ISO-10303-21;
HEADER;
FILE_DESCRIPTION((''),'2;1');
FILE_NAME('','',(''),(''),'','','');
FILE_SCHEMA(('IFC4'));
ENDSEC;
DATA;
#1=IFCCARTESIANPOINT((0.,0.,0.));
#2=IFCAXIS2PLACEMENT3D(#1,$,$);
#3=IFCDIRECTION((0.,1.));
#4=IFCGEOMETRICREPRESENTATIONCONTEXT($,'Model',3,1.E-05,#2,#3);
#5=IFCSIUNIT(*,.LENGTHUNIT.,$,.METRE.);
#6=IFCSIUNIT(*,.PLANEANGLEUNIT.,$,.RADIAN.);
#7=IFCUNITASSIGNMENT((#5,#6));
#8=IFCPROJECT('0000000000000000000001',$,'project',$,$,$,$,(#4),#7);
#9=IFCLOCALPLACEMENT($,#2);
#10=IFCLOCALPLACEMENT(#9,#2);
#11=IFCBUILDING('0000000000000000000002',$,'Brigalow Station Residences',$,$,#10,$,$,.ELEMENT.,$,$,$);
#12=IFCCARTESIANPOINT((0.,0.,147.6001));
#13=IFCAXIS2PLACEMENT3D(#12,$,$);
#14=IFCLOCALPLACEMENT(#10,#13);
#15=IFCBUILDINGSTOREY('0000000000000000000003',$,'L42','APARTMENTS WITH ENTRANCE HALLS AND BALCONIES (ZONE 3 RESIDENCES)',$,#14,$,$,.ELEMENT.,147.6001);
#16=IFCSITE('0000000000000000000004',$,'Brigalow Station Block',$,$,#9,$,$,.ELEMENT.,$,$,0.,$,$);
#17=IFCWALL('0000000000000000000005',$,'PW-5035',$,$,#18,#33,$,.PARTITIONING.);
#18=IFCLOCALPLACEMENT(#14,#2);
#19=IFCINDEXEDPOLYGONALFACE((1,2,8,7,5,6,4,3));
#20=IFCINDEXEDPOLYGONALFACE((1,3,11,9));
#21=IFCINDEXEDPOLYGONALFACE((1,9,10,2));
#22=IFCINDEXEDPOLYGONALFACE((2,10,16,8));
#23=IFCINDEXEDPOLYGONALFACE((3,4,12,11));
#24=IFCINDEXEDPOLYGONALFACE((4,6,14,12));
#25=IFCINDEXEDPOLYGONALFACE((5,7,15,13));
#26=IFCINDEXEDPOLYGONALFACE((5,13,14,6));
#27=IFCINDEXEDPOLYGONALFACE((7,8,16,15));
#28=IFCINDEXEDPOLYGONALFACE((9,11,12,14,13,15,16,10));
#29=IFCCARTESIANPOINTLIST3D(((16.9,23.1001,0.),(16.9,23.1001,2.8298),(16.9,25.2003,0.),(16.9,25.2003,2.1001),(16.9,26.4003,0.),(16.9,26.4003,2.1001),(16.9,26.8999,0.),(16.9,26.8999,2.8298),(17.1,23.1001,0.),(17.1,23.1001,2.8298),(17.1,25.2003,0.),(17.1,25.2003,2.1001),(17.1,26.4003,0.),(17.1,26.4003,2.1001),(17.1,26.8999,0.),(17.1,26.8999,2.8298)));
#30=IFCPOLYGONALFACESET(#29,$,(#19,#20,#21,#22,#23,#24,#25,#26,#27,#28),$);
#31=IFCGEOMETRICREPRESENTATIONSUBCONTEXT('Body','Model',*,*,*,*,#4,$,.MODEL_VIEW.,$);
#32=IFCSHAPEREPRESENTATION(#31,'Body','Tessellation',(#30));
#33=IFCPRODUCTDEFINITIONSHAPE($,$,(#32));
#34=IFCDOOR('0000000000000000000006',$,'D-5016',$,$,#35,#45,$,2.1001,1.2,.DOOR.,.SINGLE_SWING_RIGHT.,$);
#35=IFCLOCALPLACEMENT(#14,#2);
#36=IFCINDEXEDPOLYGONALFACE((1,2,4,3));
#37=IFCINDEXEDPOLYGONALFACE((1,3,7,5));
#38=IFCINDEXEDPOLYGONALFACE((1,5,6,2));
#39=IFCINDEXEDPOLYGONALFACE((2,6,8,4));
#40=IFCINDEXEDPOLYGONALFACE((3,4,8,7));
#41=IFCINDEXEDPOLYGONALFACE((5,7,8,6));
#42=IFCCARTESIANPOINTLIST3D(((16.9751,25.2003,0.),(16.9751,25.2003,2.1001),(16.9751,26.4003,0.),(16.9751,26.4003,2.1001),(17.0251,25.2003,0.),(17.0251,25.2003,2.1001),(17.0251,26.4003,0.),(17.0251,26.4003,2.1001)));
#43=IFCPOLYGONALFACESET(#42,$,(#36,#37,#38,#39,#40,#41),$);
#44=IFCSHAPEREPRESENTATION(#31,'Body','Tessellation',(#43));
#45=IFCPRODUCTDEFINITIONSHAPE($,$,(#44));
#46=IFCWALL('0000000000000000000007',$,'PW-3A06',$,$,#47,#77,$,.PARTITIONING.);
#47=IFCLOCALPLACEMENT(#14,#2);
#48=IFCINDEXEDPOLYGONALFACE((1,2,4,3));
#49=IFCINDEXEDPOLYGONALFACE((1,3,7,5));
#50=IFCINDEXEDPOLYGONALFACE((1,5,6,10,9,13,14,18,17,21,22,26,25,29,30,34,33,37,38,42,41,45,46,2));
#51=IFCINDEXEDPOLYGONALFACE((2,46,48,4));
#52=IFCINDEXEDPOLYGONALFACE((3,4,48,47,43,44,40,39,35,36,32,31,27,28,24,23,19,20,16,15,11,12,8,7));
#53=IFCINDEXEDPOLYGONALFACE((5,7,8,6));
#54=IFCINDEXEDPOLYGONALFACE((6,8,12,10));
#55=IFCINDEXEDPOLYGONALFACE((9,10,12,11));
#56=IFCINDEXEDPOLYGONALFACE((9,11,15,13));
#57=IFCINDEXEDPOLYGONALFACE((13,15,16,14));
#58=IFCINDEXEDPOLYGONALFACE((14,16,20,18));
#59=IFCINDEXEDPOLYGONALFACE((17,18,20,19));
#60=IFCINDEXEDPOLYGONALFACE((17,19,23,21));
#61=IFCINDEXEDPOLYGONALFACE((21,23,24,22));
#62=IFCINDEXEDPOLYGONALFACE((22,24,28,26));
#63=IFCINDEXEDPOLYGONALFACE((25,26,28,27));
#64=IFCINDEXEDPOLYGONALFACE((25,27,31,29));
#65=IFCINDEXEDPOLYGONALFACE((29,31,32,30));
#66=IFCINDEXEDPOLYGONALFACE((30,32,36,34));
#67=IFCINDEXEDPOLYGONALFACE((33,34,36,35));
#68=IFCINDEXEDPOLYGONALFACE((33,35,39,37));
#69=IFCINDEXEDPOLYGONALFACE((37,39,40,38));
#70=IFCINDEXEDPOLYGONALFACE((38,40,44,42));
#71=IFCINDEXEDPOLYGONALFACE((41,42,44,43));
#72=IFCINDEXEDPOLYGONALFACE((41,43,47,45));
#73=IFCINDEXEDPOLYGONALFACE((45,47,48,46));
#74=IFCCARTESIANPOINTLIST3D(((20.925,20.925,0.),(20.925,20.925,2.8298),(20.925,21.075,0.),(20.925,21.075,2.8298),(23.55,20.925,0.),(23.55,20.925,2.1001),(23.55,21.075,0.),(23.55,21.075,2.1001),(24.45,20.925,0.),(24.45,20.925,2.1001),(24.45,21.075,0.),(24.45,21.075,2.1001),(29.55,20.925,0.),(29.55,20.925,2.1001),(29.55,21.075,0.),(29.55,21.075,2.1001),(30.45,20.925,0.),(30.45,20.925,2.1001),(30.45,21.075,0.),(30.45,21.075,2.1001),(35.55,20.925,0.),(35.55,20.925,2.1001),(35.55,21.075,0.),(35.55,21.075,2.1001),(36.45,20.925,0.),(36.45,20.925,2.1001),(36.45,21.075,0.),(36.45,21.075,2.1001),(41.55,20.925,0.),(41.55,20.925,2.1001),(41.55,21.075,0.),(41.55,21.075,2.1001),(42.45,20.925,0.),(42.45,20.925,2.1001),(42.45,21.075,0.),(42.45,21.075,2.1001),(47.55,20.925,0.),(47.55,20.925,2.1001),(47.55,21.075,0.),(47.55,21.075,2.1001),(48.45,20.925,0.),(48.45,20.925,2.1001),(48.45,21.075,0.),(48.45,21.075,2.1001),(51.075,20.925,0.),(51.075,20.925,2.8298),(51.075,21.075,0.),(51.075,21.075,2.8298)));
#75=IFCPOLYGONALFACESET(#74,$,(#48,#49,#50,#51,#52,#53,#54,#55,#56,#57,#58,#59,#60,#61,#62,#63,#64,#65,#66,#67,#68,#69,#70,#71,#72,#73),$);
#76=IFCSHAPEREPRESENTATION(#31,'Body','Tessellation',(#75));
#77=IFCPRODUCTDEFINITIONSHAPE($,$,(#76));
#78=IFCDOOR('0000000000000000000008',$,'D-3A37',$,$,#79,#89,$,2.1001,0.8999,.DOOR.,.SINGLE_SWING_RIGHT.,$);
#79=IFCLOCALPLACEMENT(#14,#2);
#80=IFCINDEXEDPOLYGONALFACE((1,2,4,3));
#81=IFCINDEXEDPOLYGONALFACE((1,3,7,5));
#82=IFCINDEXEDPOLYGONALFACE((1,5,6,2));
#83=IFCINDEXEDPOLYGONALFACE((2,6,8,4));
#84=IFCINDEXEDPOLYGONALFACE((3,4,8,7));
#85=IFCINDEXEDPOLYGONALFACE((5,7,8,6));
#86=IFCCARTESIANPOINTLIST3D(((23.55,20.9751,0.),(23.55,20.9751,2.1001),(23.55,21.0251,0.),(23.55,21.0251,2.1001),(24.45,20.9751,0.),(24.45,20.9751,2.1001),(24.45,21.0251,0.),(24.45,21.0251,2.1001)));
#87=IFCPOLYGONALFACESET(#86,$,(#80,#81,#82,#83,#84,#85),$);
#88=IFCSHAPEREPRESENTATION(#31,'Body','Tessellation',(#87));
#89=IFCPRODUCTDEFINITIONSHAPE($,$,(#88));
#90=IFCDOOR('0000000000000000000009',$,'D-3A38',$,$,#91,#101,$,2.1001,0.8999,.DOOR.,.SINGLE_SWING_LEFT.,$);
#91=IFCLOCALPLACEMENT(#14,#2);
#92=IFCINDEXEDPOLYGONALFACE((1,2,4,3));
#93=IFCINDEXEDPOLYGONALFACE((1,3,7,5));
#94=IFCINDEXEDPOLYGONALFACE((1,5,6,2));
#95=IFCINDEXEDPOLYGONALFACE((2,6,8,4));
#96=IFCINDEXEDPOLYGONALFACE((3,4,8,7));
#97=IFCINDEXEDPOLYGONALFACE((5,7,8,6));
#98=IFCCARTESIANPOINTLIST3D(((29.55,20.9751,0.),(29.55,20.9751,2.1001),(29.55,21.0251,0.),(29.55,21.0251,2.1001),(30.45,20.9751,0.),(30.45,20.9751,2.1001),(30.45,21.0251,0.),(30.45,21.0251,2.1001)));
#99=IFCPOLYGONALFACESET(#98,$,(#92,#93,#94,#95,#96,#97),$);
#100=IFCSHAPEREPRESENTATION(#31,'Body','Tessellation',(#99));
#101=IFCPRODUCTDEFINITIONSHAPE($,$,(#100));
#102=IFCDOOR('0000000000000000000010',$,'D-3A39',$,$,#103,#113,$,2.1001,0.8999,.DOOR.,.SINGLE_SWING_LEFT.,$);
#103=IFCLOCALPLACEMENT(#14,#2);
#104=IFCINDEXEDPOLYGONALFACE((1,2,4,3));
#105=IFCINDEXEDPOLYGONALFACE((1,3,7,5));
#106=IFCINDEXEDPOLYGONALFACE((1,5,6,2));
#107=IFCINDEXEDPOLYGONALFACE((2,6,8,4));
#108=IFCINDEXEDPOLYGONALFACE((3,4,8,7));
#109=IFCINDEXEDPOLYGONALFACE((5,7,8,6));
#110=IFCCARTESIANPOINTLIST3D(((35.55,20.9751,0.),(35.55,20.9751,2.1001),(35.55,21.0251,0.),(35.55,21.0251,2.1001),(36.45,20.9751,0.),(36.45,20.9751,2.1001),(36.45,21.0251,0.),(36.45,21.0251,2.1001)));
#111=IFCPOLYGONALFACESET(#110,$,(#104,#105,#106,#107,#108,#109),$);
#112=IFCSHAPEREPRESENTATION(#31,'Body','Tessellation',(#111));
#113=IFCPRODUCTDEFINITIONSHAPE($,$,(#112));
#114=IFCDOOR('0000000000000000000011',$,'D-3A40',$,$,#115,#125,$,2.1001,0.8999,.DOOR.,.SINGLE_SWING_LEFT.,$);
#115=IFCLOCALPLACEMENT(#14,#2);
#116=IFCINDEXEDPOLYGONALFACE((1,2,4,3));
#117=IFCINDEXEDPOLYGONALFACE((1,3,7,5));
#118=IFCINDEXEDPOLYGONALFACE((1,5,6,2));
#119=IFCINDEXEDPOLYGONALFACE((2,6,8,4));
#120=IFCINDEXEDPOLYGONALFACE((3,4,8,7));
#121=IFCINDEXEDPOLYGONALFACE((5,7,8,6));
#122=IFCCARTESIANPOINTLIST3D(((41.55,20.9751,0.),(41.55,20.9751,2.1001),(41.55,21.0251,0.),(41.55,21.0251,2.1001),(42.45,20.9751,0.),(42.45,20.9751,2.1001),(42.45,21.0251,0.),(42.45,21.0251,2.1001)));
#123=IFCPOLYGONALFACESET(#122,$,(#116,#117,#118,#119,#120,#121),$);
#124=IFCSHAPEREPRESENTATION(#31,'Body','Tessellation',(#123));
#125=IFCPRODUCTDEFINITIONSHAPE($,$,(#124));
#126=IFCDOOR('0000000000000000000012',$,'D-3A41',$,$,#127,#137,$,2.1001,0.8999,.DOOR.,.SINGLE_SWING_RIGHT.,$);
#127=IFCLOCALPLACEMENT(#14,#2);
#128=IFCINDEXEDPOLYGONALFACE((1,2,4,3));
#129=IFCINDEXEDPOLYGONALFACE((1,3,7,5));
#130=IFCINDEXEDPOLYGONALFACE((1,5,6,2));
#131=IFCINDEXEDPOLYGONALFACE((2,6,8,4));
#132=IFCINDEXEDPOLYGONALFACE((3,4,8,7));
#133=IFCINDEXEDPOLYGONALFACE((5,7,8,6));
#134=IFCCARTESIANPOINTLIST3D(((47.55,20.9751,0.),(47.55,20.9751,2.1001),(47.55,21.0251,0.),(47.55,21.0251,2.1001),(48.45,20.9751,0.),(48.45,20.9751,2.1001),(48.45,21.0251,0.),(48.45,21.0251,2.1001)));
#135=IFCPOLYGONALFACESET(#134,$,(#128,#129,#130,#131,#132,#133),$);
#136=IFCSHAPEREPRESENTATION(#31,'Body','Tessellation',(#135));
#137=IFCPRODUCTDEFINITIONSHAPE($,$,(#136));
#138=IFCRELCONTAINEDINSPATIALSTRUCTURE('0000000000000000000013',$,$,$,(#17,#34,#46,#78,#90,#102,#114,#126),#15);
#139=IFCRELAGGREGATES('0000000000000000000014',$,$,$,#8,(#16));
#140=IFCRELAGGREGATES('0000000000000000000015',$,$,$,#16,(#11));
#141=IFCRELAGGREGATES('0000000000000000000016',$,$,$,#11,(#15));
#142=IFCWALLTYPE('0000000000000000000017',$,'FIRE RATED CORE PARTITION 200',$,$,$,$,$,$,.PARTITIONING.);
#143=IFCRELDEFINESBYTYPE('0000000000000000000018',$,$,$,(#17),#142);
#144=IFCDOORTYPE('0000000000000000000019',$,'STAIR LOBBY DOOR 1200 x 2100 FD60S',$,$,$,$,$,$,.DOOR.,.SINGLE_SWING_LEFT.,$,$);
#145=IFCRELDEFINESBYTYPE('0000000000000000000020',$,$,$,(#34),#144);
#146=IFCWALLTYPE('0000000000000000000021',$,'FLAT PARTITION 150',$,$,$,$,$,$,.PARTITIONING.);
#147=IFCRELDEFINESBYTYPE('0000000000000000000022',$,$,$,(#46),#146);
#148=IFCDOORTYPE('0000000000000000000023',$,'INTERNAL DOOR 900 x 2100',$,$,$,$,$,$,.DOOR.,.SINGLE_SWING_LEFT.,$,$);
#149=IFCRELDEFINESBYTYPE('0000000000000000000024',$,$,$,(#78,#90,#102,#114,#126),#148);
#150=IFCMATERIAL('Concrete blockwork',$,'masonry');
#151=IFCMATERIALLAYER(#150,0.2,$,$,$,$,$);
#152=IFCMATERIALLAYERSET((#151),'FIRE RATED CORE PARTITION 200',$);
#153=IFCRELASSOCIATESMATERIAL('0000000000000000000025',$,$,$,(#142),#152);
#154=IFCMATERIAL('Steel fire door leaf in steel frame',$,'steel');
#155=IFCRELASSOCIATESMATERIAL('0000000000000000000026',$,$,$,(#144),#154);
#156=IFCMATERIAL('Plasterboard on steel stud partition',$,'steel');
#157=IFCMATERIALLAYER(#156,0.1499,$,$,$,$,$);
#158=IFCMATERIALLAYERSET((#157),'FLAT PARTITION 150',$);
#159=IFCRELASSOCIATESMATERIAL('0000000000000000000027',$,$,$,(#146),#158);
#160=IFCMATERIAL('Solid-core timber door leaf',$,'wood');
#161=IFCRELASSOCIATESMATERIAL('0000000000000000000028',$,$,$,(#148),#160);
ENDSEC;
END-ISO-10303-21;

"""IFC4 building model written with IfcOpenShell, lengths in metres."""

from ifc_helpers import new_model, si_unit, direction, frame, frame_2d, origin, place, context, subcontext, project, spatial, rectangle, extrude, material, layer, layer_set, type_object, element, fill, save


model = new_model("IFC4")

# Units and contexts
model_context = context("Model", 3, precision=1e-05, world=origin(), true_north=direction((0.0, 1.0)))
body_context = subcontext(model_context, "Body", "Model", "MODEL_VIEW")
ifc_project = project(units=[si_unit("LENGTHUNIT", "METRE"), si_unit("PLANEANGLEUNIT", "RADIAN")], contexts=[model_context])

# Site, building, storey
site_placement = place(None, origin())
site = spatial("IfcSite", under=ifc_project, at=site_placement, Name="Brigalow Station Block", CompositionType="ELEMENT", RefElevation=0.0)
building_placement = place(site_placement, origin())
building = spatial("IfcBuilding", under=site, at=building_placement, Name="Brigalow Station Residences", CompositionType="ELEMENT")
storey_placement = place(building_placement, frame((0.0, 0.0, 147.6001)))
storey = spatial("IfcBuildingStorey", under=building, at=storey_placement, Name="L42", Description="APARTMENTS WITH ENTRANCE HALLS AND BALCONIES (ZONE 3 RESIDENCES)", CompositionType="ELEMENT", Elevation=147.6001)

# Shared definitions
ifc_material_1 = material(Name="Concrete blockwork", Category="masonry")
ifc_layer_1 = layer(ifc_material_1, 0.2)
ifc_layer_set_1 = layer_set([ifc_layer_1], Name="FIRE RATED CORE PARTITION 200")
wall_type_1 = type_object("IfcWallType", Name="FIRE RATED CORE PARTITION 200", PredefinedType="PARTITIONING", material=ifc_layer_set_1)

# Wall, opening, door
wall_1_placement = place(storey_placement, frame((17.0, 23.1001, 0.0), z_axis=(0.0, 0.0, 1.0), x_axis=(0.0, 1.0, 0.0)))
wall_1 = element("IfcWall", 1, at=wall_1_placement, inside=storey, type_object=wall_type_1, Name="PW-5035", PredefinedType="PARTITIONING", context=body_context, shape_type="SweptSolid", body=[
    extrude(rectangle(XDim=3.7998, YDim=0.2, at=frame_2d((1.8999, 0.0))), origin(), (0.0, 0.0, 1.0), 2.8298),
])
opening_1_placement = place(wall_1_placement, frame((2.1001, 0.0, 0.0)))
opening_1 = element("IfcOpeningElement", 2, at=opening_1_placement, cuts=wall_1, PredefinedType="OPENING", context=body_context, shape_type="SweptSolid", body=[
    extrude(rectangle(XDim=1.2, YDim=2.1001, at=frame_2d((0.6001, 1.05))), frame((0.0, 0.1099, 0.0), z_axis=(0.0, -1.0, 0.0), x_axis=(1.0, 0.0, 0.0)), (0.0, 0.0, 1.0), 0.22),
])
ifc_material_2 = material(Name="Steel fire door leaf in steel frame", Category="steel")
door_type_1 = type_object("IfcDoorType", Name="STAIR LOBBY DOOR 1200 x 2100 FD60S", OperationType="SINGLE_SWING_LEFT", PredefinedType="DOOR", material=ifc_material_2)
door_1_placement = place(opening_1_placement, origin())
door_1 = element("IfcDoor", 3, at=door_1_placement, inside=storey, type_object=door_type_1, Name="D-5016", OperationType="SINGLE_SWING_RIGHT", OverallHeight=2.1001, OverallWidth=1.2, PredefinedType="DOOR", context=body_context, shape_type="SweptSolid", body=[
    extrude(rectangle(XDim=1.2, YDim=2.1001, at=frame_2d((0.6001, 1.05))), frame((0.0, 0.0249, 0.0), z_axis=(0.0, -1.0, 0.0), x_axis=(1.0, 0.0, 0.0)), (0.0, 0.0, 1.0), 0.05),
])
fill(opening_1, door_1)

# Wall, openings, doors
ifc_material_3 = material(Name="Plasterboard on steel stud partition", Category="steel")
ifc_layer_2 = layer(ifc_material_3, 0.1499)
ifc_layer_set_2 = layer_set([ifc_layer_2], Name="FLAT PARTITION 150")
wall_type_2 = type_object("IfcWallType", Name="FLAT PARTITION 150", PredefinedType="PARTITIONING", material=ifc_layer_set_2)
wall_2_placement = place(storey_placement, frame((20.925, 21.0, 0.0), z_axis=(0.0, 0.0, 1.0), x_axis=(1.0, 0.0, 0.0)))
wall_2 = element("IfcWall", 4, at=wall_2_placement, inside=storey, type_object=wall_type_2, Name="PW-3A06", PredefinedType="PARTITIONING", context=body_context, shape_type="SweptSolid", body=[
    extrude(rectangle(XDim=30.1499, YDim=0.1499, at=frame_2d((15.075, 0.0))), origin(), (0.0, 0.0, 1.0), 2.8298),
])
opening_2_placement = place(wall_2_placement, frame((2.625, 0.0, 0.0)))
opening_2 = element("IfcOpeningElement", 5, at=opening_2_placement, cuts=wall_2, PredefinedType="OPENING", context=body_context, shape_type="SweptSolid", body=[
    extrude(rectangle(XDim=0.8999, YDim=2.1001, at=frame_2d((0.45, 1.05))), frame((0.0, 0.085, 0.0), z_axis=(0.0, -1.0, 0.0), x_axis=(1.0, 0.0, 0.0)), (0.0, 0.0, 1.0), 0.1699),
])
opening_3_placement = place(wall_2_placement, frame((8.625, 0.0, 0.0)))
opening_3 = element("IfcOpeningElement", 6, at=opening_3_placement, cuts=wall_2, PredefinedType="OPENING", context=body_context, shape_type="SweptSolid", body=[
    extrude(rectangle(XDim=0.8999, YDim=2.1001, at=frame_2d((0.45, 1.05))), frame((0.0, 0.085, 0.0), z_axis=(0.0, -1.0, 0.0), x_axis=(1.0, 0.0, 0.0)), (0.0, 0.0, 1.0), 0.1699),
])
opening_4_placement = place(wall_2_placement, frame((14.625, 0.0, 0.0)))
opening_4 = element("IfcOpeningElement", 7, at=opening_4_placement, cuts=wall_2, PredefinedType="OPENING", context=body_context, shape_type="SweptSolid", body=[
    extrude(rectangle(XDim=0.8999, YDim=2.1001, at=frame_2d((0.45, 1.05))), frame((0.0, 0.085, 0.0), z_axis=(0.0, -1.0, 0.0), x_axis=(1.0, 0.0, 0.0)), (0.0, 0.0, 1.0), 0.1699),
])
opening_5_placement = place(wall_2_placement, frame((20.625, 0.0, 0.0)))
opening_5 = element("IfcOpeningElement", 8, at=opening_5_placement, cuts=wall_2, PredefinedType="OPENING", context=body_context, shape_type="SweptSolid", body=[
    extrude(rectangle(XDim=0.8999, YDim=2.1001, at=frame_2d((0.45, 1.05))), frame((0.0, 0.085, 0.0), z_axis=(0.0, -1.0, 0.0), x_axis=(1.0, 0.0, 0.0)), (0.0, 0.0, 1.0), 0.1699),
])
opening_6_placement = place(wall_2_placement, frame((26.625, 0.0, 0.0)))
opening_6 = element("IfcOpeningElement", 9, at=opening_6_placement, cuts=wall_2, PredefinedType="OPENING", context=body_context, shape_type="SweptSolid", body=[
    extrude(rectangle(XDim=0.8999, YDim=2.1001, at=frame_2d((0.45, 1.05))), frame((0.0, 0.085, 0.0), z_axis=(0.0, -1.0, 0.0), x_axis=(1.0, 0.0, 0.0)), (0.0, 0.0, 1.0), 0.1699),
])
ifc_material_4 = material(Name="Solid-core timber door leaf", Category="wood")
door_type_2 = type_object("IfcDoorType", Name="INTERNAL DOOR 900 x 2100", OperationType="SINGLE_SWING_LEFT", PredefinedType="DOOR", material=ifc_material_4)
door_2_placement = place(opening_2_placement, frame((0.8999, 0.0, 0.0), z_axis=(0.0, 0.0, 1.0), x_axis=(-1.0, 0.0, 0.0)))
door_2 = element("IfcDoor", 10, at=door_2_placement, inside=storey, type_object=door_type_2, Name="D-3A37", OperationType="SINGLE_SWING_RIGHT", OverallHeight=2.1001, OverallWidth=0.8999, PredefinedType="DOOR", context=body_context, shape_type="SweptSolid", body=[
    extrude(rectangle(XDim=0.8999, YDim=2.1001, at=frame_2d((0.45, 1.05))), frame((0.0, 0.0249, 0.0), z_axis=(0.0, -1.0, 0.0), x_axis=(1.0, 0.0, 0.0)), (0.0, 0.0, 1.0), 0.05),
])
fill(opening_2, door_2)
door_3_placement = place(opening_3_placement, frame((0.8999, 0.0, 0.0), z_axis=(0.0, 0.0, 1.0), x_axis=(-1.0, 0.0, 0.0)))
door_3 = element("IfcDoor", 11, at=door_3_placement, inside=storey, type_object=door_type_2, Name="D-3A38", OperationType="SINGLE_SWING_LEFT", OverallHeight=2.1001, OverallWidth=0.8999, PredefinedType="DOOR", context=body_context, shape_type="SweptSolid", body=[
    extrude(rectangle(XDim=0.8999, YDim=2.1001, at=frame_2d((0.45, 1.05))), frame((0.0, 0.0249, 0.0), z_axis=(0.0, -1.0, 0.0), x_axis=(1.0, 0.0, 0.0)), (0.0, 0.0, 1.0), 0.05),
])
fill(opening_3, door_3)
door_4_placement = place(opening_4_placement, frame((0.8999, 0.0, 0.0), z_axis=(0.0, 0.0, 1.0), x_axis=(-1.0, 0.0, 0.0)))
door_4 = element("IfcDoor", 12, at=door_4_placement, inside=storey, type_object=door_type_2, Name="D-3A39", OperationType="SINGLE_SWING_LEFT", OverallHeight=2.1001, OverallWidth=0.8999, PredefinedType="DOOR", context=body_context, shape_type="SweptSolid", body=[
    extrude(rectangle(XDim=0.8999, YDim=2.1001, at=frame_2d((0.45, 1.05))), frame((0.0, 0.0249, 0.0), z_axis=(0.0, -1.0, 0.0), x_axis=(1.0, 0.0, 0.0)), (0.0, 0.0, 1.0), 0.05),
])
fill(opening_4, door_4)
door_5_placement = place(opening_5_placement, frame((0.8999, 0.0, 0.0), z_axis=(0.0, 0.0, 1.0), x_axis=(-1.0, 0.0, 0.0)))
door_5 = element("IfcDoor", 13, at=door_5_placement, inside=storey, type_object=door_type_2, Name="D-3A40", OperationType="SINGLE_SWING_LEFT", OverallHeight=2.1001, OverallWidth=0.8999, PredefinedType="DOOR", context=body_context, shape_type="SweptSolid", body=[
    extrude(rectangle(XDim=0.8999, YDim=2.1001, at=frame_2d((0.45, 1.05))), frame((0.0, 0.0249, 0.0), z_axis=(0.0, -1.0, 0.0), x_axis=(1.0, 0.0, 0.0)), (0.0, 0.0, 1.0), 0.05),
])
fill(opening_5, door_5)
door_6_placement = place(opening_6_placement, frame((0.8999, 0.0, 0.0), z_axis=(0.0, 0.0, 1.0), x_axis=(-1.0, 0.0, 0.0)))
door_6 = element("IfcDoor", 14, at=door_6_placement, inside=storey, type_object=door_type_2, Name="D-3A41", OperationType="SINGLE_SWING_RIGHT", OverallHeight=2.1001, OverallWidth=0.8999, PredefinedType="DOOR", context=body_context, shape_type="SweptSolid", body=[
    extrude(rectangle(XDim=0.8999, YDim=2.1001, at=frame_2d((0.45, 1.05))), frame((0.0, 0.0249, 0.0), z_axis=(0.0, -1.0, 0.0), x_axis=(1.0, 0.0, 0.0)), (0.0, 0.0, 1.0), 0.05),
])
fill(opening_6, door_6)

save(model, "model.ifc")
